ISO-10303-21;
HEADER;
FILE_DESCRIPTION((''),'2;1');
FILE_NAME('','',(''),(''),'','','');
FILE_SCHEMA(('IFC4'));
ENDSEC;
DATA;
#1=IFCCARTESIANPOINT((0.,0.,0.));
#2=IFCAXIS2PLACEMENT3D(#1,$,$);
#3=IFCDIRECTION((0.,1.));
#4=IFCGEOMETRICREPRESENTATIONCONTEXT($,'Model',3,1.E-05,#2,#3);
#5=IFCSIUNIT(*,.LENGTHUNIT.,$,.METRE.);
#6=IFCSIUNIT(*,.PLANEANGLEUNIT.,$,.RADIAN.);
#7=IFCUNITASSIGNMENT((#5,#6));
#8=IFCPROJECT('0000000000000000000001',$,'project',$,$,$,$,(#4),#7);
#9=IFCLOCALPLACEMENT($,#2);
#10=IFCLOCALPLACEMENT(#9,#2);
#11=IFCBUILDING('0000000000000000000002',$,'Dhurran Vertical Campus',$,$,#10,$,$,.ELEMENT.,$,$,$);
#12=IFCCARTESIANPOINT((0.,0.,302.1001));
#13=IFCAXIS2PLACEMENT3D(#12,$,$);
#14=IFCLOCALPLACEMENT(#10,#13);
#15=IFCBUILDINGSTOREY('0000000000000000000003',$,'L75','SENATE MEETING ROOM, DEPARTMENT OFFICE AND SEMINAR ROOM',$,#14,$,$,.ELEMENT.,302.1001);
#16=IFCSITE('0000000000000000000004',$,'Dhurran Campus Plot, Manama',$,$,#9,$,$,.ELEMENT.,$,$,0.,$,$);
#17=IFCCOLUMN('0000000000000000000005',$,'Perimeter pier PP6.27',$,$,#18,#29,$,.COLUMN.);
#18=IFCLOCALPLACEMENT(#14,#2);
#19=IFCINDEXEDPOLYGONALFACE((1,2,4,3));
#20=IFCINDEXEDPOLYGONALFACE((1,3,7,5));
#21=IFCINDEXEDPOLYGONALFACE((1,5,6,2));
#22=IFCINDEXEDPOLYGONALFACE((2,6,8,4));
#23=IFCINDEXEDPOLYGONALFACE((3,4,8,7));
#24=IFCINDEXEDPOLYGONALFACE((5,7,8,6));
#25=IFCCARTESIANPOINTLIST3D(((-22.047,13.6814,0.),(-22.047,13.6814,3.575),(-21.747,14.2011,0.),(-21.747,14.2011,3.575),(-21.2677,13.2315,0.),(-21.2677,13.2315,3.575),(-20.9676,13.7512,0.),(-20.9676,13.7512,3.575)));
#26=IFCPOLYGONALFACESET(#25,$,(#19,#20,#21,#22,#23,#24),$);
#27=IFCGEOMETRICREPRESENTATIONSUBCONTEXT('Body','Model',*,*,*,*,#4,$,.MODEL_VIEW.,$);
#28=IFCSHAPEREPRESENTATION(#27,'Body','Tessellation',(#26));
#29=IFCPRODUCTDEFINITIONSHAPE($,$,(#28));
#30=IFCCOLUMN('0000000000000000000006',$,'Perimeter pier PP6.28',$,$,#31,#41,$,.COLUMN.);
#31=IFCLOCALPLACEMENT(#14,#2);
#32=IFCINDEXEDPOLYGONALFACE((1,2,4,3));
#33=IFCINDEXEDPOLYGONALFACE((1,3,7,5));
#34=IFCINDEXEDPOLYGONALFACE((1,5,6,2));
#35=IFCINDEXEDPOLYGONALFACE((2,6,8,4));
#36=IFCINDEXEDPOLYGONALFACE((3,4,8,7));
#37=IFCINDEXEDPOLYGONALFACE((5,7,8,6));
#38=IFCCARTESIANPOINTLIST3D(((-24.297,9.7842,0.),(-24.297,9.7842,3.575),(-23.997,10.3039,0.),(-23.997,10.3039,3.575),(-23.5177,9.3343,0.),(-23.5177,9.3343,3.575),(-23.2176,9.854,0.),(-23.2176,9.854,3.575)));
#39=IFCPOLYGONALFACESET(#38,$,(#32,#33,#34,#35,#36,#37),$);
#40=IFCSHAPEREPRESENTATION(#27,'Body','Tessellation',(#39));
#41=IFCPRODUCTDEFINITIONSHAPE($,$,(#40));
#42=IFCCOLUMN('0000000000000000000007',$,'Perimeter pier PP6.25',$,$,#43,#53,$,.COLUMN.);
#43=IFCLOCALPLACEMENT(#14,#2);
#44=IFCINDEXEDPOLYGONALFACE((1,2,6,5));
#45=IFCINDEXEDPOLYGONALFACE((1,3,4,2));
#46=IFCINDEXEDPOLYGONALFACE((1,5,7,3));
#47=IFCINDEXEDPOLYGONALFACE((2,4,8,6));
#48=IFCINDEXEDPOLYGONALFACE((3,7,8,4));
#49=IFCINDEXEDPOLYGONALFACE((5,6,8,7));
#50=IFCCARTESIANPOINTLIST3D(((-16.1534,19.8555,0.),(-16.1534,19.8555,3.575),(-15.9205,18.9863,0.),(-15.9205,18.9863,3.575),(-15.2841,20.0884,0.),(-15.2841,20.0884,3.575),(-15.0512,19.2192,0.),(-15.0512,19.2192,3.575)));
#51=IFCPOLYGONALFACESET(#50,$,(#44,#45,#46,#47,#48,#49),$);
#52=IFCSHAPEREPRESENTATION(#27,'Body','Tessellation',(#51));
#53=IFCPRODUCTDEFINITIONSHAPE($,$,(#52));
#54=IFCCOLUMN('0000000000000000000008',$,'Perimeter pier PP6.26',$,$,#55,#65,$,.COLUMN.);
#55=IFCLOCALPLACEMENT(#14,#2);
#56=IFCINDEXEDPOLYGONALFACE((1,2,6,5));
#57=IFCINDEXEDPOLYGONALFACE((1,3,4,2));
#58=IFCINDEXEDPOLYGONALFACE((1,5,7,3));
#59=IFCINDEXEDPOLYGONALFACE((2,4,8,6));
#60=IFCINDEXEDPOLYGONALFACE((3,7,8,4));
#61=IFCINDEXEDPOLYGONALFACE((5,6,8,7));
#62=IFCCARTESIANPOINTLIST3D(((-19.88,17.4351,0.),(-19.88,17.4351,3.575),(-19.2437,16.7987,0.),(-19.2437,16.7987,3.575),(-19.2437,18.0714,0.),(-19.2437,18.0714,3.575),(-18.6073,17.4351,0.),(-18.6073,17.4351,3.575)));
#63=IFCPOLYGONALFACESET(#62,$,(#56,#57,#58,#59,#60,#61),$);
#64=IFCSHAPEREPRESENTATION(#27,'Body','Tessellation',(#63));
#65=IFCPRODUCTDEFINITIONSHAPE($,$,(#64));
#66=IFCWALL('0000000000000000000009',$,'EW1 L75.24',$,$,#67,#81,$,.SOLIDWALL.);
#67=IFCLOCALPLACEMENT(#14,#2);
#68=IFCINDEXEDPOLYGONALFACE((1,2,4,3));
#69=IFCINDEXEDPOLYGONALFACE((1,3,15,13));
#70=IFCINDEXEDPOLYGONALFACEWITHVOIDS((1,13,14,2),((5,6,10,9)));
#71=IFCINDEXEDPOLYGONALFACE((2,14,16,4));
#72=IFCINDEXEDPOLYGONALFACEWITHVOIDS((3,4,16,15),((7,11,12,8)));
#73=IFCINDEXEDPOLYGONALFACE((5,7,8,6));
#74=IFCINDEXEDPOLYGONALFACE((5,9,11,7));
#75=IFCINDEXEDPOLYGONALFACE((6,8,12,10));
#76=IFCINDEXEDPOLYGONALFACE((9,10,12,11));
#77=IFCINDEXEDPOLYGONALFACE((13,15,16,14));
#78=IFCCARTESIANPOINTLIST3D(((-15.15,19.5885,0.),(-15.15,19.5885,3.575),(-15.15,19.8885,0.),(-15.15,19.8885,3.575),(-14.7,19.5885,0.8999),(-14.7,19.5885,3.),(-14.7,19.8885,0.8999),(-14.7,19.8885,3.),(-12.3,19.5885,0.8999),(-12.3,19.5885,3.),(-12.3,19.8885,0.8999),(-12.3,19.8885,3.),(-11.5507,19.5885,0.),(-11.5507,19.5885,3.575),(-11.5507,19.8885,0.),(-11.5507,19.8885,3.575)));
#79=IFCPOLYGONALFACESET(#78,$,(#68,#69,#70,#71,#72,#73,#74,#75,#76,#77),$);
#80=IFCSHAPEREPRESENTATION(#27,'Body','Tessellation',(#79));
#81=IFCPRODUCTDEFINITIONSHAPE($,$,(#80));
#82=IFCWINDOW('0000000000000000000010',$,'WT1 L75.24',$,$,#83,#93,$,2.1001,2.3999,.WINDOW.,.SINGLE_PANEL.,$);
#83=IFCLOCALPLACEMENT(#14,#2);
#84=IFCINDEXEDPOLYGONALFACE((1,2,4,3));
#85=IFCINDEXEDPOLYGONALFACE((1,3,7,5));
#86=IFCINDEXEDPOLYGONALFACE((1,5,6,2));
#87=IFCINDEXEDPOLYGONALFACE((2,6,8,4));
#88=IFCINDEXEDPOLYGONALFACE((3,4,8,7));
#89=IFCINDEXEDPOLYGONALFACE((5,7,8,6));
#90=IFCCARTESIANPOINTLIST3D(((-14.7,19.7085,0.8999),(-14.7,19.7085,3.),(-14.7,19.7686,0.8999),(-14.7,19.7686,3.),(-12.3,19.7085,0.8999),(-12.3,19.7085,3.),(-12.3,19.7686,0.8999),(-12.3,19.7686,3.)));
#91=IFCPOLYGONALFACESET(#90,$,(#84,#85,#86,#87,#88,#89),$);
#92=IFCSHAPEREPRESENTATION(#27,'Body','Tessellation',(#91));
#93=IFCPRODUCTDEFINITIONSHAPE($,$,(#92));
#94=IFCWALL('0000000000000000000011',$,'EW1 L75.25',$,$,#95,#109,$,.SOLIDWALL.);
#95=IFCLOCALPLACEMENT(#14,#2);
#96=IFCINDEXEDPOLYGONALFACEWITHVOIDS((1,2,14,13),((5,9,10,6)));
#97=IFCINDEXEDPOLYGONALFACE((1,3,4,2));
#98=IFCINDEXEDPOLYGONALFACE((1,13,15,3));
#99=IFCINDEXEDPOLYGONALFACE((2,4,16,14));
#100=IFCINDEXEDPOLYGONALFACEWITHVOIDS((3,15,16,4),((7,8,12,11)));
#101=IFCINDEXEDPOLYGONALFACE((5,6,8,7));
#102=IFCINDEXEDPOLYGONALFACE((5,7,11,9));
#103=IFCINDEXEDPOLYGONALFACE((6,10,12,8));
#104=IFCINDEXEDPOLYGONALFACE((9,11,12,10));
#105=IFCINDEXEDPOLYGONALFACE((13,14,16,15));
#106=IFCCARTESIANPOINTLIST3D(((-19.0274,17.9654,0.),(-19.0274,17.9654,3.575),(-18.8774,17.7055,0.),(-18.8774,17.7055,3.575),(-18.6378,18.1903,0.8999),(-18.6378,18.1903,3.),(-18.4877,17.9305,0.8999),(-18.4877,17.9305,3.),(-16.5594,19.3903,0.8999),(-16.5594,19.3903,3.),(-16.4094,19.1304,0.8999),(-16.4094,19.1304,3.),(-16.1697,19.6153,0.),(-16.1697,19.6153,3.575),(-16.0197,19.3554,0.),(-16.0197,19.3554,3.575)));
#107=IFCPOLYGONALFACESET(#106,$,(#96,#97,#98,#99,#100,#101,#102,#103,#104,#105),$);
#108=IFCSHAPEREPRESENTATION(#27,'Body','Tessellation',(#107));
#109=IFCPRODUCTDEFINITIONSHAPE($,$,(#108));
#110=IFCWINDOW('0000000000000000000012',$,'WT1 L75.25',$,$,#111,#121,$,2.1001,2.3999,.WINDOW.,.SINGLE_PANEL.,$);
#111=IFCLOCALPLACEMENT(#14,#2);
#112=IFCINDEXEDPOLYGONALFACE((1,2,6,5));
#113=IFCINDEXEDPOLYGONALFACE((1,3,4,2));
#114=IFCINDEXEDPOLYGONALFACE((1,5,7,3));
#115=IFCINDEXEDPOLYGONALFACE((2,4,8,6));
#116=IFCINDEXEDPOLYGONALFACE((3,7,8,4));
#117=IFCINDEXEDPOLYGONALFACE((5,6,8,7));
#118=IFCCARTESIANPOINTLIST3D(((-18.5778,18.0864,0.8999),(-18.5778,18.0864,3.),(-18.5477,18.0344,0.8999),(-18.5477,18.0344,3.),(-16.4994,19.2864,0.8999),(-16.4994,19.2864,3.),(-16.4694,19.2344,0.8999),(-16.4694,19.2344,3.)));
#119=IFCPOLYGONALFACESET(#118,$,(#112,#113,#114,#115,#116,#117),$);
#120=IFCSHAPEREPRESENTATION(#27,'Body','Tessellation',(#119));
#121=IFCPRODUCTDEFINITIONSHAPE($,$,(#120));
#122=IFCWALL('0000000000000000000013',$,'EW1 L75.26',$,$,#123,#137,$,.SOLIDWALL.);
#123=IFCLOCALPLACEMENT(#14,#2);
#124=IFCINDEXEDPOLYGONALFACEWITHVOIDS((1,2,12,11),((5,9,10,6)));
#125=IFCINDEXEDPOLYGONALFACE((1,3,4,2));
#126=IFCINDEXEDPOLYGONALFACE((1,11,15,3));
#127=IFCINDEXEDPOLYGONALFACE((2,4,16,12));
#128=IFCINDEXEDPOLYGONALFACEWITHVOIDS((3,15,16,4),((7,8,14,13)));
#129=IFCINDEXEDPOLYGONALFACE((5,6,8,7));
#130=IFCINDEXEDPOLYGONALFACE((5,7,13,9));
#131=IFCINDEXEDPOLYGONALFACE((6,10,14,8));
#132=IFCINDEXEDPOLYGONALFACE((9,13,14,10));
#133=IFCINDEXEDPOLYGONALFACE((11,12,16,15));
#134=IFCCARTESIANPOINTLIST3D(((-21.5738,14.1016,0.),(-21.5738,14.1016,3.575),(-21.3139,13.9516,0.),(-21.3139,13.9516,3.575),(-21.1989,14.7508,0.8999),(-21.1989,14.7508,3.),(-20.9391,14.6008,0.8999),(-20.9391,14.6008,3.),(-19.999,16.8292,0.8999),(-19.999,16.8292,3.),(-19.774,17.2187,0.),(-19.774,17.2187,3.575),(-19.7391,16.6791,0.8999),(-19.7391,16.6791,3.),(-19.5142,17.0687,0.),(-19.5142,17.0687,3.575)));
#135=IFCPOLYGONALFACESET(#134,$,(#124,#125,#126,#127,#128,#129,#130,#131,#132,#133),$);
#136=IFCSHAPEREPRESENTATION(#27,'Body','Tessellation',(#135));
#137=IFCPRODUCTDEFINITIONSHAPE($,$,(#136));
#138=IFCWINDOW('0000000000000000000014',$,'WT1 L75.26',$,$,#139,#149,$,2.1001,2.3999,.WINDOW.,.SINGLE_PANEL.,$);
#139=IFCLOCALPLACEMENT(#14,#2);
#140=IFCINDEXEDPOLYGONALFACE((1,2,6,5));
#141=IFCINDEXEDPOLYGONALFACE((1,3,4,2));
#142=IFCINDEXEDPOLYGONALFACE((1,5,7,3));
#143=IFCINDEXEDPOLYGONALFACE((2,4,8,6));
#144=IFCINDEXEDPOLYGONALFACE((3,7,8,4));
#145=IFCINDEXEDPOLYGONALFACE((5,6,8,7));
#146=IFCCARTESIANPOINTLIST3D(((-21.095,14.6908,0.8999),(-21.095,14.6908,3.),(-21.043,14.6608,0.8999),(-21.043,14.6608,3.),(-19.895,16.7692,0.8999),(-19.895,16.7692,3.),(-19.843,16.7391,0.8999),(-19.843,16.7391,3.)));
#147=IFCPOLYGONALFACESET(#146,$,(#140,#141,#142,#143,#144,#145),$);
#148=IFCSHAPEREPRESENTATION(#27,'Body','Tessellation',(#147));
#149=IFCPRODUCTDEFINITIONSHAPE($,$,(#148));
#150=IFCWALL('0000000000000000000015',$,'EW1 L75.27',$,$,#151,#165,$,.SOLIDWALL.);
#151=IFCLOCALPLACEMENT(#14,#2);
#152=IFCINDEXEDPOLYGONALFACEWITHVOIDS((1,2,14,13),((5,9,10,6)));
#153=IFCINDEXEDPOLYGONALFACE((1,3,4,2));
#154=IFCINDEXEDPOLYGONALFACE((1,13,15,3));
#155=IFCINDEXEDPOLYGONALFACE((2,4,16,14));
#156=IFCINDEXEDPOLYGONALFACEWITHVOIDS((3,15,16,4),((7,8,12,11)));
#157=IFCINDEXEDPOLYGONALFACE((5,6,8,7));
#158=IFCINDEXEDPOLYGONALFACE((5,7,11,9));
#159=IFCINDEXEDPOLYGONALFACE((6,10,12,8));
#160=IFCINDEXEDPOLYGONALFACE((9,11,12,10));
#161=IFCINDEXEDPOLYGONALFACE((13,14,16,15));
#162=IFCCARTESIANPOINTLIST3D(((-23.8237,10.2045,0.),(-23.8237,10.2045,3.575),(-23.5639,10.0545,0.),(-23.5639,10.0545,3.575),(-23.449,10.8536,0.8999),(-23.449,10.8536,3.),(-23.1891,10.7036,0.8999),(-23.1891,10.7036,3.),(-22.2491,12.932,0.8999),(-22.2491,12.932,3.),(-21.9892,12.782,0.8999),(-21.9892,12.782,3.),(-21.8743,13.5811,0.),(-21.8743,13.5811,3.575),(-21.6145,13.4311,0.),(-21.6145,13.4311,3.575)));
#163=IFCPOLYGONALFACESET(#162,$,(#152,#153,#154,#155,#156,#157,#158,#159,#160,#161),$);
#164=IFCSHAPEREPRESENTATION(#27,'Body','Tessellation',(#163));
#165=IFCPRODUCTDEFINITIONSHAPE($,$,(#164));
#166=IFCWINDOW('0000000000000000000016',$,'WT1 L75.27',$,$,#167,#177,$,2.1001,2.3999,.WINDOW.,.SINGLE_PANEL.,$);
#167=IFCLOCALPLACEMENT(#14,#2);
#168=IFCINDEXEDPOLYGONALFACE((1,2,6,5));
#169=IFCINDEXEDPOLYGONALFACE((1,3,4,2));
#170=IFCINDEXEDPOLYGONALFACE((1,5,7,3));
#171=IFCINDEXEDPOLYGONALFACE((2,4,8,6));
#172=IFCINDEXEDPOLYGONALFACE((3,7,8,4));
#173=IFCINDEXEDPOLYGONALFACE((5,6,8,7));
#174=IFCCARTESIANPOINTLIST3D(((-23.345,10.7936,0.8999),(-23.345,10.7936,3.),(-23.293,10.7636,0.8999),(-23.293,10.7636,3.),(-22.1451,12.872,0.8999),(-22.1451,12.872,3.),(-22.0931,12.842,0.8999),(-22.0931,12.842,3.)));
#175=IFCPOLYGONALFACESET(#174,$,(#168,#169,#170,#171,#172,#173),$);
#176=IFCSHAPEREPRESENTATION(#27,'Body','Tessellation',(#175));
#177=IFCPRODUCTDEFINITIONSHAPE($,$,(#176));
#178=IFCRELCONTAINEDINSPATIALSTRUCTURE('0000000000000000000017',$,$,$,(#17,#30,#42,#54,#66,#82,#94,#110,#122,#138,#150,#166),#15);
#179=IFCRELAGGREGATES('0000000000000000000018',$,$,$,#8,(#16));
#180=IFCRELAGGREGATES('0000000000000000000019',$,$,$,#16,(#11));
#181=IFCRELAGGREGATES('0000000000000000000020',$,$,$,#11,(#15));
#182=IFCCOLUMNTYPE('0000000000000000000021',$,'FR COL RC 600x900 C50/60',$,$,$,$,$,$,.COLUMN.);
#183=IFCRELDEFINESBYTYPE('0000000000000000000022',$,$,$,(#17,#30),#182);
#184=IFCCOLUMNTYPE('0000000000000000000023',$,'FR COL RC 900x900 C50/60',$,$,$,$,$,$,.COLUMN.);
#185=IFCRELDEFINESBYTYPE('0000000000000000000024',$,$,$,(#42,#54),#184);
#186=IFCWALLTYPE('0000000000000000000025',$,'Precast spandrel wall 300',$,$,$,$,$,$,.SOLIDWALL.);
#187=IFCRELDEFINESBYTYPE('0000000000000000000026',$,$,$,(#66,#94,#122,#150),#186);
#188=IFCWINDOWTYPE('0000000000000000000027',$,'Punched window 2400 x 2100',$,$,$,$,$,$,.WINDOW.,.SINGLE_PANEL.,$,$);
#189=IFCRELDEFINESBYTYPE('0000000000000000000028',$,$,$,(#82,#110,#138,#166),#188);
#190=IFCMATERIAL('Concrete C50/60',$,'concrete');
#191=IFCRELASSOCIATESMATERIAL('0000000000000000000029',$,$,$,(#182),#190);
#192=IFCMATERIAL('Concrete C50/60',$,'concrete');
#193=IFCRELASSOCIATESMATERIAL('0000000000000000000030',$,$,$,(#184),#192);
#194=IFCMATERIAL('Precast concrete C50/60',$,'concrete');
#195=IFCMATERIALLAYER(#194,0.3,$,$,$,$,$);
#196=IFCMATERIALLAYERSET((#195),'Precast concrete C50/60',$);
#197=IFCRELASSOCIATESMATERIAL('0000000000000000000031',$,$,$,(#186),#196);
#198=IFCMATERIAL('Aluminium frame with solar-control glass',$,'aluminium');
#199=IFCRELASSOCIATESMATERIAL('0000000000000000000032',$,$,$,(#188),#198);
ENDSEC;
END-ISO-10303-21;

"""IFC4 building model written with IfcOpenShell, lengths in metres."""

from ifc_helpers import new_model, si_unit, direction, frame, frame_2d, origin, origin_2d, place, context, subcontext, project, spatial, rectangle, extrude, material, layer, layer_set, material_profile, profile_set, type_object, element, fill, save


model = new_model("IFC4")

# Units and contexts
model_context = context("Model", 3, precision=1e-05, world=origin(), true_north=direction((0.0, 1.0)))
body_context = subcontext(model_context, "Body", "Model", "MODEL_VIEW")
ifc_project = project(units=[si_unit("LENGTHUNIT", "METRE"), si_unit("PLANEANGLEUNIT", "RADIAN")], contexts=[model_context])

# Site, building, storey
site_placement = place(None, origin())
site = spatial("IfcSite", under=ifc_project, at=site_placement, Name="Dhurran Campus Plot, Manama", CompositionType="ELEMENT", RefElevation=0.0)
building_placement = place(site_placement, origin())
building = spatial("IfcBuilding", under=site, at=building_placement, Name="Dhurran Vertical Campus", CompositionType="ELEMENT")
storey_placement = place(building_placement, frame((0.0, 0.0, 302.1001)))
storey = spatial("IfcBuildingStorey", under=building, at=storey_placement, Name="L75", Description="SENATE MEETING ROOM, DEPARTMENT OFFICE AND SEMINAR ROOM", CompositionType="ELEMENT", Elevation=302.1001)

# Columns
ifc_material_1 = material(Name="Concrete C50/60", Category="concrete")
ifc_material_profile_1 = material_profile(ifc_material_1, rectangle(XDim=0.6001, YDim=0.8999, at=origin_2d()), Name="RC 600x900")
ifc_profile_set_1 = profile_set([ifc_material_profile_1], Name="Concrete C50/60")
column_type_1 = type_object("IfcColumnType", Name="FR COL RC 600x900 C50/60", PredefinedType="COLUMN", material=ifc_profile_set_1)
for number, where, z_axis, x_axis, name in (
    (1, (-21.5073, 13.7163, 0.0), (0.0, 0.0, 1.0), (-0.5, -0.866025, 0.0), "Perimeter pier PP6.27"),
    (2, (-23.7573, 9.8191, 0.0), (0.0, 0.0, 1.0), (-0.5, -0.866025, 0.0), "Perimeter pier PP6.28"),
):
    element("IfcColumn", number, at=place(storey_placement, frame(where, z_axis=z_axis, x_axis=x_axis)), inside=storey, type_object=column_type_1, Name=name, PredefinedType="COLUMN", context=body_context, shape_type="SweptSolid", body=[
        extrude(rectangle(XDim=0.6001, YDim=0.8999, at=origin_2d()), origin(), (0.0, 0.0, 1.0), 3.575),
    ])
ifc_material_2 = material(Name="Concrete C50/60", Category="concrete")
ifc_material_profile_2 = material_profile(ifc_material_2, rectangle(XDim=0.8999, YDim=0.8999, at=origin_2d()), Name="RC 900x900")
ifc_profile_set_2 = profile_set([ifc_material_profile_2], Name="Concrete C50/60")
column_type_2 = type_object("IfcColumnType", Name="FR COL RC 900x900 C50/60", PredefinedType="COLUMN", material=ifc_profile_set_2)
for number, where, z_axis, x_axis, name in (
    (3, (-15.6023, 19.5374, 0.0), (0.0, 0.0, 1.0), (-0.965926, -0.258819, 0.0), "Perimeter pier PP6.25"),
    (4, (-19.2437, 17.4351, 0.0), (0.0, 0.0, 1.0), (-0.707107, -0.707107, 0.0), "Perimeter pier PP6.26"),
):
    element("IfcColumn", number, at=place(storey_placement, frame(where, z_axis=z_axis, x_axis=x_axis)), inside=storey, type_object=column_type_2, Name=name, PredefinedType="COLUMN", context=body_context, shape_type="SweptSolid", body=[
        extrude(rectangle(XDim=0.8999, YDim=0.8999, at=origin_2d()), origin(), (0.0, 0.0, 1.0), 3.575),
    ])

# Walls, openings, windows
ifc_material_3 = material(Name="Precast concrete C50/60", Category="concrete")
ifc_layer_1 = layer(ifc_material_3, 0.3)
ifc_layer_set_1 = layer_set([ifc_layer_1], Name="Precast concrete C50/60")
wall_type_1 = type_object("IfcWallType", Name="Precast spandrel wall 300", PredefinedType="SOLIDWALL", material=ifc_layer_set_1)
wall_1_placement = place(storey_placement, frame((-11.5505, 19.7385, 0.0), z_axis=(0.0, 0.0, 1.0), x_axis=(-1.0, 0.0, 0.0)))
wall_1 = element("IfcWall", 5, at=wall_1_placement, inside=storey, type_object=wall_type_1, Name="EW1 L75.24", PredefinedType="SOLIDWALL", context=body_context, shape_type="SweptSolid", body=[
    extrude(rectangle(XDim=3.5994, YDim=0.3, at=frame_2d((1.7998, 0.0))), origin(), (0.0, 0.0, 1.0), 3.575),
])
opening_1_placement = place(wall_1_placement, frame((0.7495, 0.0, 0.8999)))
opening_1 = element("IfcOpeningElement", 6, at=opening_1_placement, cuts=wall_1, PredefinedType="OPENING", context=body_context, shape_type="SweptSolid", body=[
    extrude(rectangle(XDim=2.3999, YDim=2.1001, at=frame_2d((1.2, 1.05))), frame((0.0, 0.1599, 0.0), z_axis=(0.0, -1.0, 0.0), x_axis=(1.0, 0.0, 0.0)), (0.0, 0.0, 1.0), 0.3201),
])
ifc_material_4 = material(Name="Aluminium frame with solar-control glass", Category="aluminium")
window_type = type_object("IfcWindowType", Name="Punched window 2400 x 2100", PartitioningType="SINGLE_PANEL", PredefinedType="WINDOW", material=ifc_material_4)
window_1_placement = place(opening_1_placement, origin())
window_1 = element("IfcWindow", 7, at=window_1_placement, inside=storey, type_object=window_type, Name="WT1 L75.24", OverallHeight=2.1001, OverallWidth=2.3999, PartitioningType="SINGLE_PANEL", PredefinedType="WINDOW", context=body_context, shape_type="SweptSolid", body=[
    extrude(rectangle(XDim=2.3999, YDim=2.1001, at=frame_2d((1.2, 1.05))), frame((0.0, 0.03, 0.0), z_axis=(0.0, -1.0, 0.0), x_axis=(1.0, 0.0, 0.0)), (0.0, 0.0, 1.0), 0.0601),
])
fill(opening_1, window_1)
wall_2_placement = place(storey_placement, frame((-16.0947, 19.4854, 0.0), z_axis=(0.0, 0.0, 1.0), x_axis=(-0.866022, -0.500006, 0.0)))
wall_2 = element("IfcWall", 8, at=wall_2_placement, inside=storey, type_object=wall_type_1, Name="EW1 L75.25", PredefinedType="SOLIDWALL", context=body_context, shape_type="SweptSolid", body=[
    extrude(rectangle(XDim=3.2998, YDim=0.3, at=frame_2d((1.6499, 0.0))), origin(), (0.0, 0.0, 1.0), 3.575),
])
opening_2_placement = place(wall_2_placement, frame((0.45, 0.0, 0.8999)))
opening_2 = element("IfcOpeningElement", 9, at=opening_2_placement, cuts=wall_2, PredefinedType="OPENING", context=body_context, shape_type="SweptSolid", body=[
    extrude(rectangle(XDim=2.3999, YDim=2.1001, at=frame_2d((1.2, 1.05))), frame((0.0, 0.1599, 0.0), z_axis=(0.0, -1.0, 0.0), x_axis=(1.0, 0.0, 0.0)), (0.0, 0.0, 1.0), 0.3201),
])
window_2_placement = place(opening_2_placement, origin())
window_2 = element("IfcWindow", 10, at=window_2_placement, inside=storey, type_object=window_type, Name="WT1 L75.25", OverallHeight=2.1001, OverallWidth=2.3999, PartitioningType="SINGLE_PANEL", PredefinedType="WINDOW", context=body_context, shape_type="SweptSolid", body=[
    extrude(rectangle(XDim=2.3999, YDim=2.1001, at=frame_2d((1.2, 1.05))), frame((0.0, 0.03, 0.0), z_axis=(0.0, -1.0, 0.0), x_axis=(1.0, 0.0, 0.0)), (0.0, 0.0, 1.0), 0.0601),
])
fill(opening_2, window_2)
wall_3_placement = place(storey_placement, frame((-19.644, 17.1438, 0.0), z_axis=(0.0, 0.0, 1.0), x_axis=(-0.50002, -0.866014, 0.0)))
wall_3 = element("IfcWall", 11, at=wall_3_placement, inside=storey, type_object=wall_type_1, Name="EW1 L75.26", PredefinedType="SOLIDWALL", context=body_context, shape_type="SweptSolid", body=[
    extrude(rectangle(XDim=3.5994, YDim=0.3, at=frame_2d((1.7998, 0.0))), origin(), (0.0, 0.0, 1.0), 3.575),
])
opening_3_placement = place(wall_3_placement, frame((0.45, 0.0, 0.8999)))
opening_3 = element("IfcOpeningElement", 12, at=opening_3_placement, cuts=wall_3, PredefinedType="OPENING", context=body_context, shape_type="SweptSolid", body=[
    extrude(rectangle(XDim=2.3999, YDim=2.1001, at=frame_2d((1.2, 1.05))), frame((0.0, 0.1599, 0.0), z_axis=(0.0, -1.0, 0.0), x_axis=(1.0, 0.0, 0.0)), (0.0, 0.0, 1.0), 0.3201),
])
window_3_placement = place(opening_3_placement, origin())
window_3 = element("IfcWindow", 13, at=window_3_placement, inside=storey, type_object=window_type, Name="WT1 L75.26", OverallHeight=2.1001, OverallWidth=2.3999, PartitioningType="SINGLE_PANEL", PredefinedType="WINDOW", context=body_context, shape_type="SweptSolid", body=[
    extrude(rectangle(XDim=2.3999, YDim=2.1001, at=frame_2d((1.2, 1.05))), frame((0.0, 0.03, 0.0), z_axis=(0.0, -1.0, 0.0), x_axis=(1.0, 0.0, 0.0)), (0.0, 0.0, 1.0), 0.0601),
])
fill(opening_3, window_3)
wall_4_placement = place(storey_placement, frame((-21.7444, 13.5061, 0.0), z_axis=(0.0, 0.0, 1.0), x_axis=(-0.499984, -0.866034, 0.0)))
wall_4 = element("IfcWall", 14, at=wall_4_placement, inside=storey, type_object=wall_type_1, Name="EW1 L75.27", PredefinedType="SOLIDWALL", context=body_context, shape_type="SweptSolid", body=[
    extrude(rectangle(XDim=3.8989, YDim=0.3, at=frame_2d((1.9495, 0.0))), origin(), (0.0, 0.0, 1.0), 3.575),
])
opening_4_placement = place(wall_4_placement, frame((0.7495, 0.0, 0.8999)))
opening_4 = element("IfcOpeningElement", 15, at=opening_4_placement, cuts=wall_4, PredefinedType="OPENING", context=body_context, shape_type="SweptSolid", body=[
    extrude(rectangle(XDim=2.3999, YDim=2.1001, at=frame_2d((1.2, 1.05))), frame((0.0, 0.1599, 0.0), z_axis=(0.0, -1.0, 0.0), x_axis=(1.0, 0.0, 0.0)), (0.0, 0.0, 1.0), 0.3201),
])
window_4_placement = place(opening_4_placement, origin())
window_4 = element("IfcWindow", 16, at=window_4_placement, inside=storey, type_object=window_type, Name="WT1 L75.27", OverallHeight=2.1001, OverallWidth=2.3999, PartitioningType="SINGLE_PANEL", PredefinedType="WINDOW", context=body_context, shape_type="SweptSolid", body=[
    extrude(rectangle(XDim=2.3999, YDim=2.1001, at=frame_2d((1.2, 1.05))), frame((0.0, 0.03, 0.0), z_axis=(0.0, -1.0, 0.0), x_axis=(1.0, 0.0, 0.0)), (0.0, 0.0, 1.0), 0.0601),
])
fill(opening_4, window_4)

save(model, "model.ifc")
